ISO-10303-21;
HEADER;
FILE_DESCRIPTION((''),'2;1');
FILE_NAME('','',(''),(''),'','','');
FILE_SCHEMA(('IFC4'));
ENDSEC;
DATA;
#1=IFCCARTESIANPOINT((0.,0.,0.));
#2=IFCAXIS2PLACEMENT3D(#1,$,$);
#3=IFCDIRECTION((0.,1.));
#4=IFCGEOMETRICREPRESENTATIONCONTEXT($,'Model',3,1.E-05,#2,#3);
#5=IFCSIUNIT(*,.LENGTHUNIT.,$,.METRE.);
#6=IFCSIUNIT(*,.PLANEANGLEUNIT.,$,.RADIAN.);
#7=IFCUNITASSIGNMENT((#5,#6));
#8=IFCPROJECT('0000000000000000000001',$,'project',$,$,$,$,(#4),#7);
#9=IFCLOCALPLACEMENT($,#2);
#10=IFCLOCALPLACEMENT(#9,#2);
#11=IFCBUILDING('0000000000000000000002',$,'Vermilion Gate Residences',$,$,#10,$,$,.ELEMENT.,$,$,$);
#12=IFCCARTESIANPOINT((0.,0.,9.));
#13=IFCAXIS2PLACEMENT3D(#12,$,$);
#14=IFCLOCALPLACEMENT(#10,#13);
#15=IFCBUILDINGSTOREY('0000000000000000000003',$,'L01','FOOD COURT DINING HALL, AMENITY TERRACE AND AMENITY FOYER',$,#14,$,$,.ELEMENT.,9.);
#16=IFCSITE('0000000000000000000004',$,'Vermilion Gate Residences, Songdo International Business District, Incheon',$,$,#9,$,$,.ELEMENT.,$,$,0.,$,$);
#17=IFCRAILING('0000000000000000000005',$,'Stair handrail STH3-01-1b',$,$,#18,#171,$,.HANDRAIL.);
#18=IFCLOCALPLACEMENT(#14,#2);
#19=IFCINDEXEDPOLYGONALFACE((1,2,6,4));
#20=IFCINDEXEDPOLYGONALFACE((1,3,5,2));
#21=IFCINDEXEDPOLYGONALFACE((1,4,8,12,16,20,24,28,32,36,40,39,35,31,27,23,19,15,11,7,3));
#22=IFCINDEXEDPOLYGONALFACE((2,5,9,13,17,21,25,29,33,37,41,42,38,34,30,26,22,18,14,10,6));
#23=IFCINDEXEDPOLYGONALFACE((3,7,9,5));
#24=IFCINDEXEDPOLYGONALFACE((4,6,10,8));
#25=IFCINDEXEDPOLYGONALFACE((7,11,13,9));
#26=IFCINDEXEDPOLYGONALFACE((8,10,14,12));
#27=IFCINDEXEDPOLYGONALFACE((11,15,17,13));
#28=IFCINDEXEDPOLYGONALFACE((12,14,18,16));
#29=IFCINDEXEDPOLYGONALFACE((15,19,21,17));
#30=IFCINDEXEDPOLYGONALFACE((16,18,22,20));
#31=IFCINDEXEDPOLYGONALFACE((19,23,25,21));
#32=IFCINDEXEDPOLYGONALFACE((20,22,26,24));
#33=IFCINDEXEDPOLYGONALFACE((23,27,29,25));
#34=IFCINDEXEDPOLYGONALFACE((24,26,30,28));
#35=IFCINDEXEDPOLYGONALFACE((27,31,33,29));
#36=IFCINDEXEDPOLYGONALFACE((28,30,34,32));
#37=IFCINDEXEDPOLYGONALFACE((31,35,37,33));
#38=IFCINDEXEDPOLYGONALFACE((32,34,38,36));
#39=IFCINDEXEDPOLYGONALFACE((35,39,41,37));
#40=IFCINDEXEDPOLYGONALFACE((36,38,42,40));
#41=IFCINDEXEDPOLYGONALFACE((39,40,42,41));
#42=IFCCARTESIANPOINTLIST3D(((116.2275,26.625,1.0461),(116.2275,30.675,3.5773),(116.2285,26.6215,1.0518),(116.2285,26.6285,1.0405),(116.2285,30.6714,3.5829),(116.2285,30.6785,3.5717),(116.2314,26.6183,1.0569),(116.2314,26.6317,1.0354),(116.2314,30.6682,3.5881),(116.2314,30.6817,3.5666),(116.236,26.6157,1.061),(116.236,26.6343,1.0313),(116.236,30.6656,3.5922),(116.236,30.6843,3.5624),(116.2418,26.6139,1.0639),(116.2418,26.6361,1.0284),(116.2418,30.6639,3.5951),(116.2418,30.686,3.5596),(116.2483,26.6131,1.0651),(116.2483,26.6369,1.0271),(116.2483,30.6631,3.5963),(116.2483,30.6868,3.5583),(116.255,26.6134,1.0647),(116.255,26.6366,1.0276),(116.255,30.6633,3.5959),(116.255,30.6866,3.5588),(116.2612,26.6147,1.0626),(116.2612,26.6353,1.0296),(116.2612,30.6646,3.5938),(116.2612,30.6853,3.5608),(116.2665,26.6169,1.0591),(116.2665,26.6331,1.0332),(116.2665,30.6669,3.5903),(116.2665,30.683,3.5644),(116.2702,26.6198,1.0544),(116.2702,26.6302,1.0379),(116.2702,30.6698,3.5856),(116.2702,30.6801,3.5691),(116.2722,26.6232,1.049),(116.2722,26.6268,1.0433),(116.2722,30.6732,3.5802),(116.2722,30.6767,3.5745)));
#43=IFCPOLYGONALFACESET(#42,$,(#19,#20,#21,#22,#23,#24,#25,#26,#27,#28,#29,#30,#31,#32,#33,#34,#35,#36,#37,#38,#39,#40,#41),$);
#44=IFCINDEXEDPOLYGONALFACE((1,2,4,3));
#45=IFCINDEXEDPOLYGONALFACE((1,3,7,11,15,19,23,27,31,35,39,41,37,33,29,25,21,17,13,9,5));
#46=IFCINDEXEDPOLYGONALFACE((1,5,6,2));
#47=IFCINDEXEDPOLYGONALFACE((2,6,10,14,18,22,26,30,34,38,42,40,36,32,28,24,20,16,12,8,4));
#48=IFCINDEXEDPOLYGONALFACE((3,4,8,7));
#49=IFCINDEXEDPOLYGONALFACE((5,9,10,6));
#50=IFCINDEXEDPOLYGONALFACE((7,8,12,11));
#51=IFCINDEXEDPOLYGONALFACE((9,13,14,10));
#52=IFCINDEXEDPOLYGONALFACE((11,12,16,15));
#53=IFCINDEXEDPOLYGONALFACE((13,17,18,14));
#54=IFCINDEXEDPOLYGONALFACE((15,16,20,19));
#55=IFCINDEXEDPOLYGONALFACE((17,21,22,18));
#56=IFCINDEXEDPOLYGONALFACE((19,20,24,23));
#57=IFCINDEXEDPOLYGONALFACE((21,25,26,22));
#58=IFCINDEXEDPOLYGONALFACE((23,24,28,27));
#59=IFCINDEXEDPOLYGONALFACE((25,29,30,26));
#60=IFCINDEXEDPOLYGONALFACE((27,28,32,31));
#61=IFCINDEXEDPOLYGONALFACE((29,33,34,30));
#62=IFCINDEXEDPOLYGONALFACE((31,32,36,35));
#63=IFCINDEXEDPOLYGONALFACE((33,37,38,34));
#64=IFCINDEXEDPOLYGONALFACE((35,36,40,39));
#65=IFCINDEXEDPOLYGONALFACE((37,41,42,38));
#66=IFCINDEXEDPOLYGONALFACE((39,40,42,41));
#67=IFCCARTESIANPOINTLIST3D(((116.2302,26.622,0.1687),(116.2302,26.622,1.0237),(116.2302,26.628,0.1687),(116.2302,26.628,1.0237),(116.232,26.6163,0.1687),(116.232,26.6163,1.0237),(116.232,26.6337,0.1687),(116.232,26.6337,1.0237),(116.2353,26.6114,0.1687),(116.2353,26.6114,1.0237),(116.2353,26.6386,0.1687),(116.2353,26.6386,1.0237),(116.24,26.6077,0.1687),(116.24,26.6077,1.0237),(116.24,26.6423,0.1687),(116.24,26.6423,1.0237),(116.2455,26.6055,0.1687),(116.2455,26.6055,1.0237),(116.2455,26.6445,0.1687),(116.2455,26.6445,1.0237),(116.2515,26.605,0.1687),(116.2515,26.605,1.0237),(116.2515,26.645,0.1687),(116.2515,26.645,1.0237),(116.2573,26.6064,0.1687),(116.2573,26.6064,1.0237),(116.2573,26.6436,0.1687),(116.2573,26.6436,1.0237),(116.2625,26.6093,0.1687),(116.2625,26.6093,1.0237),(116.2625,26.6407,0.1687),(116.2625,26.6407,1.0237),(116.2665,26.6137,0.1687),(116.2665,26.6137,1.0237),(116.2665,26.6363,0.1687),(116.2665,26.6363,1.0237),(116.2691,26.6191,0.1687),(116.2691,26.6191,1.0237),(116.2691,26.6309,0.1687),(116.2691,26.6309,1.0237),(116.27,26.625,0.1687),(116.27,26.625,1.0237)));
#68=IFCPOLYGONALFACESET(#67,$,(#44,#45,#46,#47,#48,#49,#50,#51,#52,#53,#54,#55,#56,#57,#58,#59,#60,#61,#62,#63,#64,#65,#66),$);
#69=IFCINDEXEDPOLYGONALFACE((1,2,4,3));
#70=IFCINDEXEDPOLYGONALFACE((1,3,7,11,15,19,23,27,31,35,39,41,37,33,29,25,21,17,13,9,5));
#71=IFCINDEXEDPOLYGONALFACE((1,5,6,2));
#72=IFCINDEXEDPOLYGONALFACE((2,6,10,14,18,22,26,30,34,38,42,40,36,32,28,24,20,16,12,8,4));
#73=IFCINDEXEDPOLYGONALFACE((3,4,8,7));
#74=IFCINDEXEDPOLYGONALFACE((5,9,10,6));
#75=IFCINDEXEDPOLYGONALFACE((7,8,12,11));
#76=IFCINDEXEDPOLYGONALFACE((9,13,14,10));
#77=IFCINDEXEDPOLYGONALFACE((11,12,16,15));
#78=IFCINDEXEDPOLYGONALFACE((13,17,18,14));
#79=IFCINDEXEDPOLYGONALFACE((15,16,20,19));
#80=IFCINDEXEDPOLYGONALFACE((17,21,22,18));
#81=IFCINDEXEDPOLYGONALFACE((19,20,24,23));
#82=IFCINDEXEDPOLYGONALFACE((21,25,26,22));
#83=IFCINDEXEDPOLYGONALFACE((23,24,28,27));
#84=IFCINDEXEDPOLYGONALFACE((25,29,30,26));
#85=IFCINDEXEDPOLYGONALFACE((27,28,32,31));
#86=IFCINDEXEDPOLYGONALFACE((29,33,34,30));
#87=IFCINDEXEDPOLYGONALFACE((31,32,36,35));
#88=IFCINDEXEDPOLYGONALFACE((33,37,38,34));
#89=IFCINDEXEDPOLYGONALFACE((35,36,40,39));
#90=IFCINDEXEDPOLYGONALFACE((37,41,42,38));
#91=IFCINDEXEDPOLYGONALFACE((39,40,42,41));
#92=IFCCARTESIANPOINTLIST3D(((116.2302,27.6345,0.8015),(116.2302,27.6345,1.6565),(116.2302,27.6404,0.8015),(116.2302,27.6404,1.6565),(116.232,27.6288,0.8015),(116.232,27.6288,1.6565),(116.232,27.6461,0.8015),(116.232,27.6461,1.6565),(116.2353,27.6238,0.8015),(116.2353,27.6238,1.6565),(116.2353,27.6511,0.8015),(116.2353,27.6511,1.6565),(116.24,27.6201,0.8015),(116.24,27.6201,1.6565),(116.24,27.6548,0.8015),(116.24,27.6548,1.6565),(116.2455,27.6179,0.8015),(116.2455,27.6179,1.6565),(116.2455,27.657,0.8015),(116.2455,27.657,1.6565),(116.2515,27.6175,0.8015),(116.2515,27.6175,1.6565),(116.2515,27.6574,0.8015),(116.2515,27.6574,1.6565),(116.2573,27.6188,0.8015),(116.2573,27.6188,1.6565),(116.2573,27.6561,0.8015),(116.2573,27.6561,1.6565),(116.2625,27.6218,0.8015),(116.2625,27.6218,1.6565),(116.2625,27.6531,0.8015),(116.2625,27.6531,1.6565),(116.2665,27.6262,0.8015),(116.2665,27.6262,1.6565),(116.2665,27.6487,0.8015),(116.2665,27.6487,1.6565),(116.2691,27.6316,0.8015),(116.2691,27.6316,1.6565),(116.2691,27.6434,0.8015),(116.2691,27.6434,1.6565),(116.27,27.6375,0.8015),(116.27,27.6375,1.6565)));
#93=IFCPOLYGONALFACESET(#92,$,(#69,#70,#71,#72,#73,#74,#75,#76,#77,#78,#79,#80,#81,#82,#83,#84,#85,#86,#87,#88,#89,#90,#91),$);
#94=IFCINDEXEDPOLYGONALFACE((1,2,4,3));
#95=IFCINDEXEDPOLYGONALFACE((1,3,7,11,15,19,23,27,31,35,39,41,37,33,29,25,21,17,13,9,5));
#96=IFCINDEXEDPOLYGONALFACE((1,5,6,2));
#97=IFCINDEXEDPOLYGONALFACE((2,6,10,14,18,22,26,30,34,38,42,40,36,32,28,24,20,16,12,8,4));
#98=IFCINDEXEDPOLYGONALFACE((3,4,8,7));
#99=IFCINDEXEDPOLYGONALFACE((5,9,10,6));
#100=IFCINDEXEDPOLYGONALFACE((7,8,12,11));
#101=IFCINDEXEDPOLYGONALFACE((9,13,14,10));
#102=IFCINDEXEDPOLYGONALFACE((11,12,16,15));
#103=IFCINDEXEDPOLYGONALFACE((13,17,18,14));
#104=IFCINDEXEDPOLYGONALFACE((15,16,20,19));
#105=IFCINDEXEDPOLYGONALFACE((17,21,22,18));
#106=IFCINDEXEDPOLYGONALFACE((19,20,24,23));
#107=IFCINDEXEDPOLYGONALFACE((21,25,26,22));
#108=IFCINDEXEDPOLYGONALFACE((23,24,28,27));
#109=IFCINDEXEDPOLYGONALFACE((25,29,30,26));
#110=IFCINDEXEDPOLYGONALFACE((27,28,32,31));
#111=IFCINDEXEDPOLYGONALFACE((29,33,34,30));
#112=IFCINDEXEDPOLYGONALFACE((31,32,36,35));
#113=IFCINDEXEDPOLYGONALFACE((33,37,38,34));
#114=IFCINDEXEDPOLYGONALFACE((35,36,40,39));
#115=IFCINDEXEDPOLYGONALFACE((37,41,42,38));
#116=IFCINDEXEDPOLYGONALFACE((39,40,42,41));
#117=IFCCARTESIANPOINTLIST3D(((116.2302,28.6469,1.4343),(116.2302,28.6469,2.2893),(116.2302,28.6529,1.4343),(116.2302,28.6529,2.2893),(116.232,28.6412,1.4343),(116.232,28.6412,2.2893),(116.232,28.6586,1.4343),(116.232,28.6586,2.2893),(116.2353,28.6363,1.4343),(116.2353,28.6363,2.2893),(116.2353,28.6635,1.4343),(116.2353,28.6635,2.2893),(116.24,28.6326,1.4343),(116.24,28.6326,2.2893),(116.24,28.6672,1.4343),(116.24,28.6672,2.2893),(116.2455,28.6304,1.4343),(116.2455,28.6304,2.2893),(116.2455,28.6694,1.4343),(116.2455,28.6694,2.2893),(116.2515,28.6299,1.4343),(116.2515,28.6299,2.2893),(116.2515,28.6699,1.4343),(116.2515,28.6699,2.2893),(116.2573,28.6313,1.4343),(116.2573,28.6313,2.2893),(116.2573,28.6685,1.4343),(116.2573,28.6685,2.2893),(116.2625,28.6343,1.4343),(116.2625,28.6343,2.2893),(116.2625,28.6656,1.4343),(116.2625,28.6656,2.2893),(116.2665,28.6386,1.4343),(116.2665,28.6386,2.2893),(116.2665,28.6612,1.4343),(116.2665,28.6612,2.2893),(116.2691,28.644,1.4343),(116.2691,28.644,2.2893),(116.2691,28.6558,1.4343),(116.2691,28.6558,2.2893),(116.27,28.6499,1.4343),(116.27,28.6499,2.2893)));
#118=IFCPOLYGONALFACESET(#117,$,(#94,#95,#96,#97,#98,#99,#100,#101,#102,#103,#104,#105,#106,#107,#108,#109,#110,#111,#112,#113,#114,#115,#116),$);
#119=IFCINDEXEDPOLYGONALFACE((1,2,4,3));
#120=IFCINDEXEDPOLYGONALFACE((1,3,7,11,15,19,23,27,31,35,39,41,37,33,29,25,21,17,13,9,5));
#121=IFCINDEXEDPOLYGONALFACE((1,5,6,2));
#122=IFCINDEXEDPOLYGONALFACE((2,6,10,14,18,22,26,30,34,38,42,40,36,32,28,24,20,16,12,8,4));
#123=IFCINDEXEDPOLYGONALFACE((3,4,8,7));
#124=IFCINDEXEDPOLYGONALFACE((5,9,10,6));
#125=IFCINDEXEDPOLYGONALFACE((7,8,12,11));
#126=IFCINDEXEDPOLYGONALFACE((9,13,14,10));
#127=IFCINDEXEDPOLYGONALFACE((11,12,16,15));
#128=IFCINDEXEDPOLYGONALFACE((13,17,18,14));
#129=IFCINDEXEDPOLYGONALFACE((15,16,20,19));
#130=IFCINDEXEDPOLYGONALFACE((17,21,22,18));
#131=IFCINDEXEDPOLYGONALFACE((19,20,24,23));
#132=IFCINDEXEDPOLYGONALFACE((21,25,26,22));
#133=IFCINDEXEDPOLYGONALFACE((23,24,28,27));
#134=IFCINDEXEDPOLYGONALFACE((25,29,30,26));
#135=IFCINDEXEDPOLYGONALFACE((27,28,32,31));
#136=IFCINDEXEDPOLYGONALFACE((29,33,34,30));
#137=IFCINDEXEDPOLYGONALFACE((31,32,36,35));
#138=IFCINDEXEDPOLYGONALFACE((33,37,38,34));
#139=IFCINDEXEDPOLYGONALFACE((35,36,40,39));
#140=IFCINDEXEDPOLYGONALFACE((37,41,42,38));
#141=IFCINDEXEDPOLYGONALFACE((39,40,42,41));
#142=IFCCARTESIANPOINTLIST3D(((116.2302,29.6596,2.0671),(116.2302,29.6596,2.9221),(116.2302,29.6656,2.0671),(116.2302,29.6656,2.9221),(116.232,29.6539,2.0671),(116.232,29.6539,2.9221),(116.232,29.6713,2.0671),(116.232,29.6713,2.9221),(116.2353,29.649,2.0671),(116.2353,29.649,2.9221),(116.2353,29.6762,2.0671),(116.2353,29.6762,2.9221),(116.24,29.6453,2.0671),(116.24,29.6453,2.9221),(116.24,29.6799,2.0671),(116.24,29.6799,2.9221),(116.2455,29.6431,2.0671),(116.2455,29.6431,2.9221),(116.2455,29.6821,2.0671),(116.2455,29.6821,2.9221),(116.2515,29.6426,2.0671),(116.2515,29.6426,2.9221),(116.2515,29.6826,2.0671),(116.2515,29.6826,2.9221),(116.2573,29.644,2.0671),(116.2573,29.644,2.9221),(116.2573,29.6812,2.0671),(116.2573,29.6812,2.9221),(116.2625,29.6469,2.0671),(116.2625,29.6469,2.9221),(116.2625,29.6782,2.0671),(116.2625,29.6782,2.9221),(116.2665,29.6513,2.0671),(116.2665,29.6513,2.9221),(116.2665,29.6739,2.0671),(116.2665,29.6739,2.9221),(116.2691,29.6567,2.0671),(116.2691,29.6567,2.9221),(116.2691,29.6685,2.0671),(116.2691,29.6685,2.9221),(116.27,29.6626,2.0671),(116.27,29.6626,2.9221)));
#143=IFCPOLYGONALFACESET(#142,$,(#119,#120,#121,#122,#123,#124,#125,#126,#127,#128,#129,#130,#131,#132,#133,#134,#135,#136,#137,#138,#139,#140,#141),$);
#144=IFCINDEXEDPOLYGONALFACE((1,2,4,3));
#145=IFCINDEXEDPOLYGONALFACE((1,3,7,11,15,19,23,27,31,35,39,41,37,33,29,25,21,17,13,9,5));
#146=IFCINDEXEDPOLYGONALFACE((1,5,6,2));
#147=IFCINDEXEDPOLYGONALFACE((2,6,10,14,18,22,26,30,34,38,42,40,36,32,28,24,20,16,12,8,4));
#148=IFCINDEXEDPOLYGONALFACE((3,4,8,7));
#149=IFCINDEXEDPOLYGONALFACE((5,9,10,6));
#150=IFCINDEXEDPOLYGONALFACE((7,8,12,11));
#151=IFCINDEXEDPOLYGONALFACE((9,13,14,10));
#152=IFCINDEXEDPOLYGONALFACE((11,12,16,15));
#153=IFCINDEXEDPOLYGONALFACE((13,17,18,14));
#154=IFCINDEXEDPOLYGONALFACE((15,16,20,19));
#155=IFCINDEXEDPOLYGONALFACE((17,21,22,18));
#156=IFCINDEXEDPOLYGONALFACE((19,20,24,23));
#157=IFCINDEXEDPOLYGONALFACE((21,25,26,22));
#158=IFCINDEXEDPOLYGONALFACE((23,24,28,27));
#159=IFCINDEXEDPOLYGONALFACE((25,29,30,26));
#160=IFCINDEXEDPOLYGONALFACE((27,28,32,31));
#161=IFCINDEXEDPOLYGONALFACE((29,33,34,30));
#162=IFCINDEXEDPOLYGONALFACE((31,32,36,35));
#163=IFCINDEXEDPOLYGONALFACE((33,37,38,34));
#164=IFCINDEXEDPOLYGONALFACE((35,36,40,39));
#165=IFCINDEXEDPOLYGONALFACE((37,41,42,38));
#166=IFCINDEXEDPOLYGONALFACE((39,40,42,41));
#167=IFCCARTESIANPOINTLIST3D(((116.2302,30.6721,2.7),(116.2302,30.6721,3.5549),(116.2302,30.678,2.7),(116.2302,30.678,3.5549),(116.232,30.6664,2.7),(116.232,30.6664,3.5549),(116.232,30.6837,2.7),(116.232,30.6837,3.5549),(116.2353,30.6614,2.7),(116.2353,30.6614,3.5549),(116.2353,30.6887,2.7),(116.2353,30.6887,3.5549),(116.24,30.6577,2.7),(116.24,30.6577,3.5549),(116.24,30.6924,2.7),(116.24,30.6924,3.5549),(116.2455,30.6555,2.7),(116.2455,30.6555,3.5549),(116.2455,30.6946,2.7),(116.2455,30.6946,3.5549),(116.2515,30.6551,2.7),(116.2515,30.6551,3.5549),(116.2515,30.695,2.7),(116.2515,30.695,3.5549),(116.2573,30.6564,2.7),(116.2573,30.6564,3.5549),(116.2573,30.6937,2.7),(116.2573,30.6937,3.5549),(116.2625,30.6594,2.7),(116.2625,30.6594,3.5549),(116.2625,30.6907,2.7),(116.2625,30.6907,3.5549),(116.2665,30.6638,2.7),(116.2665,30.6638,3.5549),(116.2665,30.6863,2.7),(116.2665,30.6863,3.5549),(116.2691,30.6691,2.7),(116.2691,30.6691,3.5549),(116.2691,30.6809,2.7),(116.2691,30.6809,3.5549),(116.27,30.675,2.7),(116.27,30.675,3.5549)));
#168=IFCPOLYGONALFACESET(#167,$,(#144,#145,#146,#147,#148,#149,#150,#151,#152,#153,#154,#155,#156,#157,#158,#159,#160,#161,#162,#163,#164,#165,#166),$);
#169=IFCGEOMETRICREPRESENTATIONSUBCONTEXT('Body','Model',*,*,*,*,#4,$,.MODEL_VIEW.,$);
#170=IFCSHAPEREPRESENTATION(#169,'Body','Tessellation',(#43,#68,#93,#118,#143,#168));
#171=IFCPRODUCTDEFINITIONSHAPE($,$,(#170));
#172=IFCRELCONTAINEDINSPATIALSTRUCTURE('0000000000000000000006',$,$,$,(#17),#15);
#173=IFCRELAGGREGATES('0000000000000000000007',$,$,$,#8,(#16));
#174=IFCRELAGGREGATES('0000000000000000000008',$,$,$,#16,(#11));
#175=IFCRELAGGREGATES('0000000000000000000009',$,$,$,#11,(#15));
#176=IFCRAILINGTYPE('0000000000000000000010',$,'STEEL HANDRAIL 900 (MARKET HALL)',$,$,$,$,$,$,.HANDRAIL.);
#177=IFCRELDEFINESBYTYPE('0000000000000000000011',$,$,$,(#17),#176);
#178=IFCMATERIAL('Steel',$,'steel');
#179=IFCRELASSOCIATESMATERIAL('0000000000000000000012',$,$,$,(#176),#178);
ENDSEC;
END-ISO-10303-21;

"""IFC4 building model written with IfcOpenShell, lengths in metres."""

from ifc_helpers import new_model, si_unit, direction, frame, origin, origin_2d, place, context, subcontext, project, spatial, circle, extrude, material, type_object, element, save


model = new_model("IFC4")

# Units and contexts
model_context = context("Model", 3, precision=1e-05, world=origin(), true_north=direction((0.0, 1.0)))
body_context = subcontext(model_context, "Body", "Model", "MODEL_VIEW")
ifc_project = project(units=[si_unit("LENGTHUNIT", "METRE"), si_unit("PLANEANGLEUNIT", "RADIAN")], contexts=[model_context])

# Site, building, storey
site_placement = place(None, origin())
site = spatial("IfcSite", under=ifc_project, at=site_placement, Name="Vermilion Gate Residences, Songdo International Business District, Incheon", CompositionType="ELEMENT", RefElevation=0.0)
building_placement = place(site_placement, origin())
building = spatial("IfcBuilding", under=site, at=building_placement, Name="Vermilion Gate Residences", CompositionType="ELEMENT")
storey_placement = place(building_placement, frame((0.0, 0.0, 9.0)))
storey = spatial("IfcBuildingStorey", under=building, at=storey_placement, Name="L01", Description="FOOD COURT DINING HALL, AMENITY TERRACE AND AMENITY FOYER", CompositionType="ELEMENT", Elevation=9.0)

# Railing
ifc_material_1 = material(Name="Steel", Category="steel")
railing_type_1 = type_object("IfcRailingType", Name="STEEL HANDRAIL 900 (MARKET HALL)", PredefinedType="HANDRAIL", material=ifc_material_1)
for number, where, name in (
    (1, (116.25, 26.625, 0.1687), "Stair handrail STH3-01-1b"),
):
    element("IfcRailing", number, at=place(storey_placement, frame(where)), inside=storey, type_object=railing_type_1, Name=name, PredefinedType="HANDRAIL", context=body_context, shape_type="SweptSolid", body=[
        extrude(circle(Radius=0.0225, at=origin_2d()), frame((0.0, 0.0, 0.8774), z_axis=(0.0, 0.848001, 0.529994), x_axis=(-1.0, 0.0, 0.0)), (0.0, 0.0, 1.0), 4.7759),
        extrude(circle(Radius=0.02, at=origin_2d()), origin(), (0.0, 0.0, 1.0), 0.855),
        extrude(circle(Radius=0.02, at=origin_2d()), frame((0.0, 1.0125, 0.6328)), (0.0, 0.0, 1.0), 0.855),
        extrude(circle(Radius=0.02, at=origin_2d()), frame((0.0, 2.0249, 1.2656)), (0.0, 0.0, 1.0), 0.855),
        extrude(circle(Radius=0.02, at=origin_2d()), frame((0.0, 3.0376, 1.8984)), (0.0, 0.0, 1.0), 0.855),
        extrude(circle(Radius=0.02, at=origin_2d()), frame((0.0, 4.05, 2.5312)), (0.0, 0.0, 1.0), 0.855),
    ])

save(model, "model.ifc")
